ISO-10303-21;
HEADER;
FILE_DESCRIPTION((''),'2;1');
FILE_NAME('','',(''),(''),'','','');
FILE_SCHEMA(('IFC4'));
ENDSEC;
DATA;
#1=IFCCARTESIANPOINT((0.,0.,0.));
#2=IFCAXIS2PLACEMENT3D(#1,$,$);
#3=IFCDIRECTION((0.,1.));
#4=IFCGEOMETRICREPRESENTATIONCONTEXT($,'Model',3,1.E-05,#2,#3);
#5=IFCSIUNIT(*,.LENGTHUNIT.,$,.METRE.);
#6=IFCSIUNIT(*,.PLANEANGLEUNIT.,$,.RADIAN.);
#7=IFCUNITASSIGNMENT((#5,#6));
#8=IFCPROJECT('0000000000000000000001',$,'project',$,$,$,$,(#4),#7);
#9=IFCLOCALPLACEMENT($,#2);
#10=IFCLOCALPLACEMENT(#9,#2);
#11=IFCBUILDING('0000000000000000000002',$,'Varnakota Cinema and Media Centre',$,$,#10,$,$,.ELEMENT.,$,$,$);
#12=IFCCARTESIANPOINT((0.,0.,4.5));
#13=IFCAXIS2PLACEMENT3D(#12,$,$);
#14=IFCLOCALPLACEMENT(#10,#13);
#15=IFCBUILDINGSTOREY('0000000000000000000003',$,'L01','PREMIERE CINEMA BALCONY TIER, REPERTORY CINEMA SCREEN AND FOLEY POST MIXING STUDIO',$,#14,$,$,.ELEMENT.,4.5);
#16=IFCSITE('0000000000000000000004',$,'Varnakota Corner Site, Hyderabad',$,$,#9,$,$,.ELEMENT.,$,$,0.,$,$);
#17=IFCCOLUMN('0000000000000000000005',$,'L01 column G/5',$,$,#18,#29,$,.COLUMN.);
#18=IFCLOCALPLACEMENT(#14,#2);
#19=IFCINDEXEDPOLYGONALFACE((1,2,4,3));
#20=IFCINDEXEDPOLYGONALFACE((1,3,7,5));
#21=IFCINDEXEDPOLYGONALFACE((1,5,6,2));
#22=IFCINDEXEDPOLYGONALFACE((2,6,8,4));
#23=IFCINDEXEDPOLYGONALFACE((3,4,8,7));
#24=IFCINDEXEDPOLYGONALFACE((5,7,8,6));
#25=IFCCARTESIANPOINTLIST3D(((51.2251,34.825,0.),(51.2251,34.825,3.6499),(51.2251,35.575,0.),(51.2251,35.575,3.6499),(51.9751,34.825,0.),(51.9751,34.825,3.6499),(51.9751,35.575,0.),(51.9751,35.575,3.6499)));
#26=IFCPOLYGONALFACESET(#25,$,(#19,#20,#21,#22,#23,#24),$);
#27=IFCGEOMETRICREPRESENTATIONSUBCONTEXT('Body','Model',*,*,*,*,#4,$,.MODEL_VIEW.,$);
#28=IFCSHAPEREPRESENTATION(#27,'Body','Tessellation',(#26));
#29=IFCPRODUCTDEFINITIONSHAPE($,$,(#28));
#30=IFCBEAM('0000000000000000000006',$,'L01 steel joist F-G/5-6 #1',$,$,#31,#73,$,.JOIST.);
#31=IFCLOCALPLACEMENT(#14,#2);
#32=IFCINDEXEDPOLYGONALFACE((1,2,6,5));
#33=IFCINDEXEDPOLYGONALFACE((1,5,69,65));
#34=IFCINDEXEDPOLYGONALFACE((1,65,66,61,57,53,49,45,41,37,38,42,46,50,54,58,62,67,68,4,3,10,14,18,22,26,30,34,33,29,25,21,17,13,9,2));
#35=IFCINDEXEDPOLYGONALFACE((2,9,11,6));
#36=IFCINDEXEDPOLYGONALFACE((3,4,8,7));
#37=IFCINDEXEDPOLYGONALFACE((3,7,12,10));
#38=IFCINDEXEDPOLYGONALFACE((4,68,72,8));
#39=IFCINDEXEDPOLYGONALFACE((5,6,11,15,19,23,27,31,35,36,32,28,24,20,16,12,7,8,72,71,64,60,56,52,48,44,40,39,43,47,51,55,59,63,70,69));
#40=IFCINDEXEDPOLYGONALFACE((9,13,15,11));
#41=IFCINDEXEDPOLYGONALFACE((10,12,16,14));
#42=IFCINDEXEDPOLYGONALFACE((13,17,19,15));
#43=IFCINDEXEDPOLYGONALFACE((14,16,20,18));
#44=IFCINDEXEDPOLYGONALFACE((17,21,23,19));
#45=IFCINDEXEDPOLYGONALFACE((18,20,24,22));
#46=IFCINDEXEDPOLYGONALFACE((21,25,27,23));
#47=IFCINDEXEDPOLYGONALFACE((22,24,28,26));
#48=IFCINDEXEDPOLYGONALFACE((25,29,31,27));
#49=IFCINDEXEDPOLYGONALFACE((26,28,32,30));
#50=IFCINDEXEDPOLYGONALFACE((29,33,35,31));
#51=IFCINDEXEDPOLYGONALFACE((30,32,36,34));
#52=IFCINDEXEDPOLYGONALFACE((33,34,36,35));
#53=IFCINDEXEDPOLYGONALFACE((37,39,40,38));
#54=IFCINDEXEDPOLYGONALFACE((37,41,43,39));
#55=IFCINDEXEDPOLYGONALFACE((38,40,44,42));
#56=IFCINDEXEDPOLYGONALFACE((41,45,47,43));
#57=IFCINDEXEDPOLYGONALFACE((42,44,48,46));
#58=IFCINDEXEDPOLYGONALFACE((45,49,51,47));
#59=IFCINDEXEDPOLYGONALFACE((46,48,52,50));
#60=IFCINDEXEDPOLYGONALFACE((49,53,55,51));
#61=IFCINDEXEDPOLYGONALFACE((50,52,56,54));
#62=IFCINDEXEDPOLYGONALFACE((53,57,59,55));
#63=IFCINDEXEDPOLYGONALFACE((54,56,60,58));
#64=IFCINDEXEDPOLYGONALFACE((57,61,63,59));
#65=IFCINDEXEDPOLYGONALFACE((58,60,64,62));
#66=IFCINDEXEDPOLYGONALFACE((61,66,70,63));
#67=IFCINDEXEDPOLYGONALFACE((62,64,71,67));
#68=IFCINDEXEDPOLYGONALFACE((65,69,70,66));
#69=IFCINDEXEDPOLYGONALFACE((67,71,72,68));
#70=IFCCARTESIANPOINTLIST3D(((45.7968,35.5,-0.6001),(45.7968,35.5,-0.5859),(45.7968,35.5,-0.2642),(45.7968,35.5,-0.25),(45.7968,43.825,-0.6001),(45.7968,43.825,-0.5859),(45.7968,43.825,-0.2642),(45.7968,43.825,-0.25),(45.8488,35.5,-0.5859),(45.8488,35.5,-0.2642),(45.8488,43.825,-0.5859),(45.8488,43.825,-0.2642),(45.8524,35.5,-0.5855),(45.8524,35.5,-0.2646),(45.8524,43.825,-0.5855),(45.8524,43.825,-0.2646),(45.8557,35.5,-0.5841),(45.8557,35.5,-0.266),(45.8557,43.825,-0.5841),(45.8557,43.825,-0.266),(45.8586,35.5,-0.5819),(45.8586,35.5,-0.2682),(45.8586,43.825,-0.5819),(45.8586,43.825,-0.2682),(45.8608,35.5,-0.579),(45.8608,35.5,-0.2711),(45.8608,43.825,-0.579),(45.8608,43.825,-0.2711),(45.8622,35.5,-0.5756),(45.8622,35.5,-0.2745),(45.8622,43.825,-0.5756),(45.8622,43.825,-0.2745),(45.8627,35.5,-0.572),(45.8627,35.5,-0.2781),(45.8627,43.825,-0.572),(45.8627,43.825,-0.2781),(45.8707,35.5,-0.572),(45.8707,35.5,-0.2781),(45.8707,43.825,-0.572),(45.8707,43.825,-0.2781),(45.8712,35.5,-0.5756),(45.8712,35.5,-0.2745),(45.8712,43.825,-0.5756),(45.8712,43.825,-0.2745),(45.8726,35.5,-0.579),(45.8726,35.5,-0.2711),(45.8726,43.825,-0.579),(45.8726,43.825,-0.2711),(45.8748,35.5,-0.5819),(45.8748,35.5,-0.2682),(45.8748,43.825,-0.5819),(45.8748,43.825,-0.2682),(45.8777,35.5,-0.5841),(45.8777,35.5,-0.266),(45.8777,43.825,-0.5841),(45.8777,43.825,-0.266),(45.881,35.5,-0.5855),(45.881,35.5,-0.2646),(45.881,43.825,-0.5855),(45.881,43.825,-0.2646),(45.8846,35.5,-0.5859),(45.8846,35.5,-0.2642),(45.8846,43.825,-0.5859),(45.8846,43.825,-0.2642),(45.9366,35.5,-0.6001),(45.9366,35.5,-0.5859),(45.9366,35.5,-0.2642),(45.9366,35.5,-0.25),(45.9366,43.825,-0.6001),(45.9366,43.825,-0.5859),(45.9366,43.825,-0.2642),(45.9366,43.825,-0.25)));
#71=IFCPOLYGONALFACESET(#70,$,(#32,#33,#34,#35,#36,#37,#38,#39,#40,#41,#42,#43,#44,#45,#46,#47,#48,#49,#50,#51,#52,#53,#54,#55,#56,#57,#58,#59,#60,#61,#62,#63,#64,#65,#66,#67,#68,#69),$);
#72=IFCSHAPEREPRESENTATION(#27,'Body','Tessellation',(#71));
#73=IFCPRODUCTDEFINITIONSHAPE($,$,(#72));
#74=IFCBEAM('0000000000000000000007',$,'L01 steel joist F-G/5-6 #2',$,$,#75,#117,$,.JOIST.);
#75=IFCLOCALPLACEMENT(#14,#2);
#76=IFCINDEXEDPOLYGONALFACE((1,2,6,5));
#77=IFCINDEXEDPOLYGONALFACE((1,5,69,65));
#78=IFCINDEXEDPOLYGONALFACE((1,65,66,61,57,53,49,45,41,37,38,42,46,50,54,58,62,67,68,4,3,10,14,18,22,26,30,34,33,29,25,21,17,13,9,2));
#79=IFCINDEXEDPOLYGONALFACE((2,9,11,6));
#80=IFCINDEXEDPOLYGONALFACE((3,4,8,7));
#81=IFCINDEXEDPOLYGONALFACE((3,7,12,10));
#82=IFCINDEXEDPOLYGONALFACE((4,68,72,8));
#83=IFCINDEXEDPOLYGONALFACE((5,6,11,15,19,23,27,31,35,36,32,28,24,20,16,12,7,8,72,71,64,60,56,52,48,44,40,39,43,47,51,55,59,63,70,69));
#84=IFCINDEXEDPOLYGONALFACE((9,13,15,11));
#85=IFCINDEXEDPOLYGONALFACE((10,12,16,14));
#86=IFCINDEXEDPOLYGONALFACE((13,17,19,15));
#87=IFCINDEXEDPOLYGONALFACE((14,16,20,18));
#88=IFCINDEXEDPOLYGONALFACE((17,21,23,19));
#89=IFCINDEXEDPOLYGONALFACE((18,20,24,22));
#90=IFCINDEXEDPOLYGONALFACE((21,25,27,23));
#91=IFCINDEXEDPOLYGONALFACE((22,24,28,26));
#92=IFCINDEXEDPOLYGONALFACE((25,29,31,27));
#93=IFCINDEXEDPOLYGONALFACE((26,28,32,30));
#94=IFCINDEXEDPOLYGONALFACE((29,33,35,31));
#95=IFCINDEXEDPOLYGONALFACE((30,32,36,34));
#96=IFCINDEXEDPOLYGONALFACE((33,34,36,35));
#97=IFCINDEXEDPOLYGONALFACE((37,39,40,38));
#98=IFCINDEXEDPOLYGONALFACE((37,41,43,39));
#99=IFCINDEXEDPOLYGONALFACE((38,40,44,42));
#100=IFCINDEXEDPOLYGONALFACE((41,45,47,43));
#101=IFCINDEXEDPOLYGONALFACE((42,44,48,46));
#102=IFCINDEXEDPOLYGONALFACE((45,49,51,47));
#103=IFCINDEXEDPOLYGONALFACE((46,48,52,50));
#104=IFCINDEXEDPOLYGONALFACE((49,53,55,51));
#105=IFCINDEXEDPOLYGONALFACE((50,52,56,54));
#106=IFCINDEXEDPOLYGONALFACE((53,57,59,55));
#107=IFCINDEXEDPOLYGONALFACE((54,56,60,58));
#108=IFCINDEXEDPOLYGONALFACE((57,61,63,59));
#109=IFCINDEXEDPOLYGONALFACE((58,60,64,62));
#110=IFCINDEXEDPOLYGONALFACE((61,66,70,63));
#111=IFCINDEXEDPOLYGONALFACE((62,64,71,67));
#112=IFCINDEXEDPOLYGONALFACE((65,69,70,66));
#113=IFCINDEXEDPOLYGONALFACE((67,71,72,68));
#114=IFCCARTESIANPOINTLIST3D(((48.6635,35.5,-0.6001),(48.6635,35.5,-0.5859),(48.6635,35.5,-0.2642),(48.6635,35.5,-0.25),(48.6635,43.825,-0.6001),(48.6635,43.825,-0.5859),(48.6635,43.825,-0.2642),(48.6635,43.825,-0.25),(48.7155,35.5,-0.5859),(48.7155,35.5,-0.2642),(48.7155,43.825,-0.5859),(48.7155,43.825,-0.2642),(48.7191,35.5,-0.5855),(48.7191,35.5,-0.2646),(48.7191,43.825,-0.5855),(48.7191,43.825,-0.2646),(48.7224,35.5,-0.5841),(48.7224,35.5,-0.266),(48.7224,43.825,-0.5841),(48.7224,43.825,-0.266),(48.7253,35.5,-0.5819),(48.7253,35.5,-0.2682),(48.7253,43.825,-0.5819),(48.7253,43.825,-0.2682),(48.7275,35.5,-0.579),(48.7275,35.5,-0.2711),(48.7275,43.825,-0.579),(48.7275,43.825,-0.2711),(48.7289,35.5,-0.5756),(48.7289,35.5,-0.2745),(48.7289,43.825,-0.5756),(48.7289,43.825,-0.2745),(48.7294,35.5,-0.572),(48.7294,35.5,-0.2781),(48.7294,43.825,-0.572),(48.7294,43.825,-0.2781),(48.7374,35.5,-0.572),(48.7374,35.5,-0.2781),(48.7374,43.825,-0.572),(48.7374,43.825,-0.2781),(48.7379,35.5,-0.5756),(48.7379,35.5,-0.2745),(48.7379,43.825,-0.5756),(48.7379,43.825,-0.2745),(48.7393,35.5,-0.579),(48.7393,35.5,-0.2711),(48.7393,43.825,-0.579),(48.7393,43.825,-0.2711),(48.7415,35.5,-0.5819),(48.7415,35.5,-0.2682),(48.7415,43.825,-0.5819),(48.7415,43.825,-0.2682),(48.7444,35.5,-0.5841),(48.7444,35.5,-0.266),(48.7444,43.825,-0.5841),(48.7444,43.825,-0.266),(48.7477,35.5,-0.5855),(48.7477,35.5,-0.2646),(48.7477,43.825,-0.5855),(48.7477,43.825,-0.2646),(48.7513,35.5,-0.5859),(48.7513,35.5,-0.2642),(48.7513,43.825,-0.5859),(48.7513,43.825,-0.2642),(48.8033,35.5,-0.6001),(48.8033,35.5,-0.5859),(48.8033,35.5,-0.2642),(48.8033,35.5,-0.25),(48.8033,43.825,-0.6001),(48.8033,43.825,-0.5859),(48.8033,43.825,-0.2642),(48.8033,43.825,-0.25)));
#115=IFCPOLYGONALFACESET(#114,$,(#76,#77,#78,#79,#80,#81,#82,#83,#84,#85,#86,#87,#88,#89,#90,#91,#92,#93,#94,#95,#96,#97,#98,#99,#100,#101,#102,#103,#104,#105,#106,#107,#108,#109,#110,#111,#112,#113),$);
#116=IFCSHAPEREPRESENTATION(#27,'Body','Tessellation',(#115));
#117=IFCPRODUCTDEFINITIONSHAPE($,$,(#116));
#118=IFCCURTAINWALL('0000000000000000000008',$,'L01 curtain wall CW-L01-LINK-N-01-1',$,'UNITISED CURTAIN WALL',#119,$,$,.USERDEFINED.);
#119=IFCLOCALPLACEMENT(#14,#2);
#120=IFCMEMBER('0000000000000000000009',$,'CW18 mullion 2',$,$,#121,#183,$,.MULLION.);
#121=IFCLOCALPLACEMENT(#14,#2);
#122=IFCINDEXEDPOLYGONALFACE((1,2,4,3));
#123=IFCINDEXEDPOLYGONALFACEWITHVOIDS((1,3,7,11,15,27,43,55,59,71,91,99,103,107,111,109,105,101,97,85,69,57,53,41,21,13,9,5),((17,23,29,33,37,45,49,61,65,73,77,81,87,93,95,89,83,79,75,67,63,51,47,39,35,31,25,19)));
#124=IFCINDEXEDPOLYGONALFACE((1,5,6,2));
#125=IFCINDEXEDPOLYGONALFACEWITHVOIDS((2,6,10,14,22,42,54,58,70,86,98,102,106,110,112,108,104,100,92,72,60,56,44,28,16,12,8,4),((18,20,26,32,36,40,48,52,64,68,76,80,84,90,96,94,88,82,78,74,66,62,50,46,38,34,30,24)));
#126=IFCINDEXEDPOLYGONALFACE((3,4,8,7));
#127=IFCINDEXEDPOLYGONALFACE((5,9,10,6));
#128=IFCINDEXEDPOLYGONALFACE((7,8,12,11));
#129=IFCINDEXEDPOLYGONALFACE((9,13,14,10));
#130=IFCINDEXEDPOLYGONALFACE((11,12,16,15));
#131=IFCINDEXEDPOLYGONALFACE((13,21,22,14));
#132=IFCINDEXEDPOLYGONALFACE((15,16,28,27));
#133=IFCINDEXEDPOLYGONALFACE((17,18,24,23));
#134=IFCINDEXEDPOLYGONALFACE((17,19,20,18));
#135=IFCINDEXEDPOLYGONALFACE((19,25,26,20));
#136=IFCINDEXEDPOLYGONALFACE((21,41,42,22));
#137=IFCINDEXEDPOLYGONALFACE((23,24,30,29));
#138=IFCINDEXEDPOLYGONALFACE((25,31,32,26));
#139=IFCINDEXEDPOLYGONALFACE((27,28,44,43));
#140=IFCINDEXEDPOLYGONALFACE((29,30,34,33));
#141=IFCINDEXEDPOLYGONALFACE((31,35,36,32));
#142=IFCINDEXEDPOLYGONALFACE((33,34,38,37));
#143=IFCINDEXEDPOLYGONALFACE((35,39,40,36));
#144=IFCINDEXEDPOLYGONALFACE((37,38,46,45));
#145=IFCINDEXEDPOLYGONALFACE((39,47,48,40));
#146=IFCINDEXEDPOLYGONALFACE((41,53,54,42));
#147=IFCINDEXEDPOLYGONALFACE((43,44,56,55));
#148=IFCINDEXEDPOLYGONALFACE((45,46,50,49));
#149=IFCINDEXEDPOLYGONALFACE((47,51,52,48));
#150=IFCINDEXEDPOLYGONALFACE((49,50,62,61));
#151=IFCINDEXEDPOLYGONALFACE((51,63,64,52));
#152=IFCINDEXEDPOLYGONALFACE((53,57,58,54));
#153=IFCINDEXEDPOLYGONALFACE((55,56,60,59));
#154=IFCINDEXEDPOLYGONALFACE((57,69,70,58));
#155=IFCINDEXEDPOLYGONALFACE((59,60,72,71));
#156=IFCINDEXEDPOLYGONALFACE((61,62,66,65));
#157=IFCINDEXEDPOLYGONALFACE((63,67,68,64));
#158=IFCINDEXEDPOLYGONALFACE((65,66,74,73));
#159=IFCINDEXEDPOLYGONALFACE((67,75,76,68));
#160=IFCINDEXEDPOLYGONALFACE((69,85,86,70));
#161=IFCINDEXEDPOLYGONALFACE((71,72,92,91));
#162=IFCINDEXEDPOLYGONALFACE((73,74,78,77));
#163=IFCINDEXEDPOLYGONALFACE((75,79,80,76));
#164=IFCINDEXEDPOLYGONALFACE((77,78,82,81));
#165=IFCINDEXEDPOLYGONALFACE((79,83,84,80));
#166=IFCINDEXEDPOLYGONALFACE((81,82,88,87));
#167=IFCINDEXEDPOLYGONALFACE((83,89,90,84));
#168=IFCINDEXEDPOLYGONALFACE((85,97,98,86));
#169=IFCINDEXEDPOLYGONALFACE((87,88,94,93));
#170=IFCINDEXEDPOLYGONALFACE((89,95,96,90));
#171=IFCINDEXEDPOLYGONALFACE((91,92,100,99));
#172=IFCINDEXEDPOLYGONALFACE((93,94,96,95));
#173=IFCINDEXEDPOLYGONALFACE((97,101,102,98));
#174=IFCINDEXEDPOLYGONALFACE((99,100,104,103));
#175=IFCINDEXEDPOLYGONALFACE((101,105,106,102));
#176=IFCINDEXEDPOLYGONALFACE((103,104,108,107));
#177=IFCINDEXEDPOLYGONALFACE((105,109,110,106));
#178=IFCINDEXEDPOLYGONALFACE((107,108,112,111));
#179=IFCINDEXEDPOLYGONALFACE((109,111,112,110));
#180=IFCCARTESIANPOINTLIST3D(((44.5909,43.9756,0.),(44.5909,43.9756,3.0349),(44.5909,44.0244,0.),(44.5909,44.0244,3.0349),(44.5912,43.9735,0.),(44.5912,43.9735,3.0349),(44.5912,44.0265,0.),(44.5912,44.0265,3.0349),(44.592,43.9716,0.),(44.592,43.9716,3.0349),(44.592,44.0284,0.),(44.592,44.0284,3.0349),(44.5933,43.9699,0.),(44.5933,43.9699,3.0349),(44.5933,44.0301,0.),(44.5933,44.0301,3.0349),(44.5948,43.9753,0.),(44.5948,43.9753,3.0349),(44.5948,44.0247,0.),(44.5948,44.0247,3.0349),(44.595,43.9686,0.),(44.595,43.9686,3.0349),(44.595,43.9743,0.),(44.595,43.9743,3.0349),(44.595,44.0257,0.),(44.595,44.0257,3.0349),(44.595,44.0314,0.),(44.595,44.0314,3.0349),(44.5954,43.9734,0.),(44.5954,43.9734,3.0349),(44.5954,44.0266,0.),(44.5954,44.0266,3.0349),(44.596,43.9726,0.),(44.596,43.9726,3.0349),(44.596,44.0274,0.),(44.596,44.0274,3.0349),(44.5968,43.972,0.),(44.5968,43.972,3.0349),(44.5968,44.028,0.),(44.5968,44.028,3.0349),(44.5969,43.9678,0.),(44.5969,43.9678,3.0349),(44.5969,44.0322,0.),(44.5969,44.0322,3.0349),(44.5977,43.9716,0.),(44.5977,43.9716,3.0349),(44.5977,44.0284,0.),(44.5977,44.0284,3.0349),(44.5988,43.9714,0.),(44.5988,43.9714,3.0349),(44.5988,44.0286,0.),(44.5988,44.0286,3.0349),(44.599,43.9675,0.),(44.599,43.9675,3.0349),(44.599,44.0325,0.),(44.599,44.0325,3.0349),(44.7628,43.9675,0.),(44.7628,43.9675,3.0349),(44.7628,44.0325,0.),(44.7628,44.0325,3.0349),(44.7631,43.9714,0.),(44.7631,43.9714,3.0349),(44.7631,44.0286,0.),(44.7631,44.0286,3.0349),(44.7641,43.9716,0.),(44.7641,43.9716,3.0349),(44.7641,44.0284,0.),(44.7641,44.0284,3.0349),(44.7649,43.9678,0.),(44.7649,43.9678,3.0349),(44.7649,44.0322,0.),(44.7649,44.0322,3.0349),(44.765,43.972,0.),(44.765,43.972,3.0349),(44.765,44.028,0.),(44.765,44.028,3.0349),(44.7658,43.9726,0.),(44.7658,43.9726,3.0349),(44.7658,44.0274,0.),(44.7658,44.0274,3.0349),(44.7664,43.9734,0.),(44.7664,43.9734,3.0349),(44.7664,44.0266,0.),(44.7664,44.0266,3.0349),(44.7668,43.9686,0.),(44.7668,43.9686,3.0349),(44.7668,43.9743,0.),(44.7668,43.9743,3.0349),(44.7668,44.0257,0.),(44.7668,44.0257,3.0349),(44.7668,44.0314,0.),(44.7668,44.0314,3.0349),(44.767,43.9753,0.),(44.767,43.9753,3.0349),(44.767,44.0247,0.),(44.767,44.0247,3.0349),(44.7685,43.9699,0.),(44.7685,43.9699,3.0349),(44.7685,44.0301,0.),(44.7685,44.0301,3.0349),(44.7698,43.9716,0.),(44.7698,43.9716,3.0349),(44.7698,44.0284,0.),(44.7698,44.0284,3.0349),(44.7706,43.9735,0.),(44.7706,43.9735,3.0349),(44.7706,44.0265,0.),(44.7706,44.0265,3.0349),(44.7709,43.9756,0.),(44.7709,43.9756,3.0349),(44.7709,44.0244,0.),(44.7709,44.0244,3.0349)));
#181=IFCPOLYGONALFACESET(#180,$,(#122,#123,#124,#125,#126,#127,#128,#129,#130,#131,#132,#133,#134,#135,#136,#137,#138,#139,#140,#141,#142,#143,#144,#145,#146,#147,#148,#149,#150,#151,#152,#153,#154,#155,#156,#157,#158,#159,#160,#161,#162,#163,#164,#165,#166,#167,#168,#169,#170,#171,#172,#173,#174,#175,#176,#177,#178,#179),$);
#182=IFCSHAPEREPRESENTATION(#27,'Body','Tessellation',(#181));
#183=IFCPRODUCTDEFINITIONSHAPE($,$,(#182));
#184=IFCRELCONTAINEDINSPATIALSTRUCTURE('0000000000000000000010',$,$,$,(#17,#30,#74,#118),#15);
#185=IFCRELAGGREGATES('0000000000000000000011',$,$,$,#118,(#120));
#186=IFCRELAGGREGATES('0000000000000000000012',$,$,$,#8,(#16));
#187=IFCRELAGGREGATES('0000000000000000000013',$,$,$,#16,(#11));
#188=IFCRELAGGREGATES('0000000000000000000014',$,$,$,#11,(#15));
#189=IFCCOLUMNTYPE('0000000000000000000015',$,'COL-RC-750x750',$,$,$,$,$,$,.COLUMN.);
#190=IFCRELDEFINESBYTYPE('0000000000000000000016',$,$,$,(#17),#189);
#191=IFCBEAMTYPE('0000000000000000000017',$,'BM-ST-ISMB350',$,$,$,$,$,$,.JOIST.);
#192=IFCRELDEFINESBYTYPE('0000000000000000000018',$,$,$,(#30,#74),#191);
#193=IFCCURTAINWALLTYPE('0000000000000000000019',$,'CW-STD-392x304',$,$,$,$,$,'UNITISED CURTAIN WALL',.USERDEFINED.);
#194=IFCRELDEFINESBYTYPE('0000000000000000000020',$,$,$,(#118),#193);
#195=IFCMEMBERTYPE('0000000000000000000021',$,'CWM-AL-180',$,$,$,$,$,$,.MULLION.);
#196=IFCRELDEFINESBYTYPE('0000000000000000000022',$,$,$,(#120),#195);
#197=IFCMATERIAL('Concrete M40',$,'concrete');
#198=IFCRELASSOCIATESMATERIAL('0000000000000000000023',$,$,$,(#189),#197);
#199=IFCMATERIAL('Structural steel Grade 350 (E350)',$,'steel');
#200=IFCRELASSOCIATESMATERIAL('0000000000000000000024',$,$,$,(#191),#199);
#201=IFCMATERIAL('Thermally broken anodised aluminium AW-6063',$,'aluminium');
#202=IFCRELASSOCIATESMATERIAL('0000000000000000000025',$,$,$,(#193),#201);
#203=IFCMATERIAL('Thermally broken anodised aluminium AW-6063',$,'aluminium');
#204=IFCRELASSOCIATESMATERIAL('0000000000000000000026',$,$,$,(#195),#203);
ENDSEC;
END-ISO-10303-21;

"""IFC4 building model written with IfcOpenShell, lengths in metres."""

from ifc_helpers import new_model, si_unit, direction, frame, origin, origin_2d, place, context, subcontext, project, spatial, rectangle, hollow_rectangle, i_section, extrude, material, material_profile, profile_set, type_object, element, aggregate, save


model = new_model("IFC4")

# Units and contexts
model_context = context("Model", 3, precision=1e-05, world=origin(), true_north=direction((0.0, 1.0)))
body_context = subcontext(model_context, "Body", "Model", "MODEL_VIEW")
ifc_project = project(units=[si_unit("LENGTHUNIT", "METRE"), si_unit("PLANEANGLEUNIT", "RADIAN")], contexts=[model_context])

# Site, building, storey
site_placement = place(None, origin())
site = spatial("IfcSite", under=ifc_project, at=site_placement, Name="Varnakota Corner Site, Hyderabad", CompositionType="ELEMENT", RefElevation=0.0)
building_placement = place(site_placement, origin())
building = spatial("IfcBuilding", under=site, at=building_placement, Name="Varnakota Cinema and Media Centre", CompositionType="ELEMENT")
storey_placement = place(building_placement, frame((0.0, 0.0, 4.5)))
storey = spatial("IfcBuildingStorey", under=building, at=storey_placement, Name="L01", Description="PREMIERE CINEMA BALCONY TIER, REPERTORY CINEMA SCREEN AND FOLEY POST MIXING STUDIO", CompositionType="ELEMENT", Elevation=4.5)

# Column
ifc_material_1 = material(Name="Concrete M40", Category="concrete")
ifc_material_profile_1 = material_profile(ifc_material_1, rectangle(XDim=0.75, YDim=0.75, at=origin_2d()), Name="RC 750x750")
ifc_profile_set_1 = profile_set([ifc_material_profile_1], Name="Concrete M40")
column_type = type_object("IfcColumnType", Name="COL-RC-750x750", PredefinedType="COLUMN", material=ifc_profile_set_1)
column_placement = place(storey_placement, frame((51.6001, 35.2, 0.0), z_axis=(0.0, 0.0, 1.0), x_axis=(1.0, 0.0, 0.0)))
element("IfcColumn", 1, at=column_placement, inside=storey, type_object=column_type, Name="L01 column G/5", PredefinedType="COLUMN", context=body_context, shape_type="SweptSolid", body=[
    extrude(rectangle(XDim=0.75, YDim=0.75, at=origin_2d()), origin(), (0.0, 0.0, 1.0), 3.6499),
])

# Beams
ifc_material_2 = material(Name="Structural steel Grade 350 (E350)", Category="steel")
ifc_material_profile_2 = material_profile(ifc_material_2, i_section(OverallWidth=0.1399, OverallDepth=0.3501, WebThickness=0.0081, FlangeThickness=0.0142, FilletRadius=0.0139, at=origin_2d()), Name="ISMB 350")
ifc_profile_set_2 = profile_set([ifc_material_profile_2], Name="Structural steel Grade 350 (E350)")
beam_type = type_object("IfcBeamType", Name="BM-ST-ISMB350", PredefinedType="JOIST", material=ifc_profile_set_2)
for number, where, z_axis, x_axis, name in (
    (2, (45.8667, 35.5, -0.425), (0.0, 1.0, 0.0), (-1.0, 0.0, 0.0), "L01 steel joist F-G/5-6 #1"),
    (3, (48.7334, 35.5, -0.425), (0.0, 1.0, 0.0), (-1.0, 0.0, 0.0), "L01 steel joist F-G/5-6 #2"),
):
    element("IfcBeam", number, at=place(storey_placement, frame(where, z_axis=z_axis, x_axis=x_axis)), inside=storey, type_object=beam_type, Name=name, PredefinedType="JOIST", context=body_context, shape_type="SweptSolid", body=[
        extrude(i_section(OverallWidth=0.1399, OverallDepth=0.3501, WebThickness=0.0081, FlangeThickness=0.0142, FilletRadius=0.0139, at=origin_2d()), origin(), (0.0, 0.0, 1.0), 8.325),
    ])

# Curtain wall, member
ifc_material_3 = material(Name="Thermally broken anodised aluminium AW-6063", Category="aluminium")
curtain_wall_type_1 = type_object("IfcCurtainWallType", Name="CW-STD-392x304", ElementType="UNITISED CURTAIN WALL", PredefinedType="USERDEFINED", material=ifc_material_3)
curtain_wall_1_placement = place(storey_placement, origin())
curtain_wall_1 = element("IfcCurtainWall", 4, at=curtain_wall_1_placement, inside=storey, type_object=curtain_wall_type_1, Name="L01 curtain wall CW-L01-LINK-N-01-1", ObjectType="UNITISED CURTAIN WALL", PredefinedType="USERDEFINED")
ifc_material_4 = material(Name="Thermally broken anodised aluminium AW-6063", Category="aluminium")
ifc_material_profile_3 = material_profile(ifc_material_4, hollow_rectangle(XDim=0.0649, YDim=0.1799, WallThickness=0.0039, InnerFilletRadius=0.0039, OuterFilletRadius=0.0081, at=origin_2d()), Name="AL-MULLION 180x65x4")
ifc_profile_set_3 = profile_set([ifc_material_profile_3], Name="Thermally broken anodised aluminium AW-6063")
member_type_1 = type_object("IfcMemberType", Name="CWM-AL-180", PredefinedType="MULLION", material=ifc_profile_set_3)
member_1_placement = place(storey_placement, frame((44.6809, 44.0, 0.0), z_axis=(0.0, 0.0, 1.0), x_axis=(0.0, 1.0, 0.0)))
member_1 = element("IfcMember", 5, at=member_1_placement, type_object=member_type_1, Name="CW18 mullion 2", PredefinedType="MULLION", context=body_context, shape_type="SweptSolid", body=[
    extrude(hollow_rectangle(XDim=0.0649, YDim=0.1799, WallThickness=0.0039, InnerFilletRadius=0.0039, OuterFilletRadius=0.0081, at=origin_2d()), origin(), (0.0, 0.0, 1.0), 3.0349),
])

aggregate(curtain_wall_1, [member_1])

save(model, "model.ifc")
